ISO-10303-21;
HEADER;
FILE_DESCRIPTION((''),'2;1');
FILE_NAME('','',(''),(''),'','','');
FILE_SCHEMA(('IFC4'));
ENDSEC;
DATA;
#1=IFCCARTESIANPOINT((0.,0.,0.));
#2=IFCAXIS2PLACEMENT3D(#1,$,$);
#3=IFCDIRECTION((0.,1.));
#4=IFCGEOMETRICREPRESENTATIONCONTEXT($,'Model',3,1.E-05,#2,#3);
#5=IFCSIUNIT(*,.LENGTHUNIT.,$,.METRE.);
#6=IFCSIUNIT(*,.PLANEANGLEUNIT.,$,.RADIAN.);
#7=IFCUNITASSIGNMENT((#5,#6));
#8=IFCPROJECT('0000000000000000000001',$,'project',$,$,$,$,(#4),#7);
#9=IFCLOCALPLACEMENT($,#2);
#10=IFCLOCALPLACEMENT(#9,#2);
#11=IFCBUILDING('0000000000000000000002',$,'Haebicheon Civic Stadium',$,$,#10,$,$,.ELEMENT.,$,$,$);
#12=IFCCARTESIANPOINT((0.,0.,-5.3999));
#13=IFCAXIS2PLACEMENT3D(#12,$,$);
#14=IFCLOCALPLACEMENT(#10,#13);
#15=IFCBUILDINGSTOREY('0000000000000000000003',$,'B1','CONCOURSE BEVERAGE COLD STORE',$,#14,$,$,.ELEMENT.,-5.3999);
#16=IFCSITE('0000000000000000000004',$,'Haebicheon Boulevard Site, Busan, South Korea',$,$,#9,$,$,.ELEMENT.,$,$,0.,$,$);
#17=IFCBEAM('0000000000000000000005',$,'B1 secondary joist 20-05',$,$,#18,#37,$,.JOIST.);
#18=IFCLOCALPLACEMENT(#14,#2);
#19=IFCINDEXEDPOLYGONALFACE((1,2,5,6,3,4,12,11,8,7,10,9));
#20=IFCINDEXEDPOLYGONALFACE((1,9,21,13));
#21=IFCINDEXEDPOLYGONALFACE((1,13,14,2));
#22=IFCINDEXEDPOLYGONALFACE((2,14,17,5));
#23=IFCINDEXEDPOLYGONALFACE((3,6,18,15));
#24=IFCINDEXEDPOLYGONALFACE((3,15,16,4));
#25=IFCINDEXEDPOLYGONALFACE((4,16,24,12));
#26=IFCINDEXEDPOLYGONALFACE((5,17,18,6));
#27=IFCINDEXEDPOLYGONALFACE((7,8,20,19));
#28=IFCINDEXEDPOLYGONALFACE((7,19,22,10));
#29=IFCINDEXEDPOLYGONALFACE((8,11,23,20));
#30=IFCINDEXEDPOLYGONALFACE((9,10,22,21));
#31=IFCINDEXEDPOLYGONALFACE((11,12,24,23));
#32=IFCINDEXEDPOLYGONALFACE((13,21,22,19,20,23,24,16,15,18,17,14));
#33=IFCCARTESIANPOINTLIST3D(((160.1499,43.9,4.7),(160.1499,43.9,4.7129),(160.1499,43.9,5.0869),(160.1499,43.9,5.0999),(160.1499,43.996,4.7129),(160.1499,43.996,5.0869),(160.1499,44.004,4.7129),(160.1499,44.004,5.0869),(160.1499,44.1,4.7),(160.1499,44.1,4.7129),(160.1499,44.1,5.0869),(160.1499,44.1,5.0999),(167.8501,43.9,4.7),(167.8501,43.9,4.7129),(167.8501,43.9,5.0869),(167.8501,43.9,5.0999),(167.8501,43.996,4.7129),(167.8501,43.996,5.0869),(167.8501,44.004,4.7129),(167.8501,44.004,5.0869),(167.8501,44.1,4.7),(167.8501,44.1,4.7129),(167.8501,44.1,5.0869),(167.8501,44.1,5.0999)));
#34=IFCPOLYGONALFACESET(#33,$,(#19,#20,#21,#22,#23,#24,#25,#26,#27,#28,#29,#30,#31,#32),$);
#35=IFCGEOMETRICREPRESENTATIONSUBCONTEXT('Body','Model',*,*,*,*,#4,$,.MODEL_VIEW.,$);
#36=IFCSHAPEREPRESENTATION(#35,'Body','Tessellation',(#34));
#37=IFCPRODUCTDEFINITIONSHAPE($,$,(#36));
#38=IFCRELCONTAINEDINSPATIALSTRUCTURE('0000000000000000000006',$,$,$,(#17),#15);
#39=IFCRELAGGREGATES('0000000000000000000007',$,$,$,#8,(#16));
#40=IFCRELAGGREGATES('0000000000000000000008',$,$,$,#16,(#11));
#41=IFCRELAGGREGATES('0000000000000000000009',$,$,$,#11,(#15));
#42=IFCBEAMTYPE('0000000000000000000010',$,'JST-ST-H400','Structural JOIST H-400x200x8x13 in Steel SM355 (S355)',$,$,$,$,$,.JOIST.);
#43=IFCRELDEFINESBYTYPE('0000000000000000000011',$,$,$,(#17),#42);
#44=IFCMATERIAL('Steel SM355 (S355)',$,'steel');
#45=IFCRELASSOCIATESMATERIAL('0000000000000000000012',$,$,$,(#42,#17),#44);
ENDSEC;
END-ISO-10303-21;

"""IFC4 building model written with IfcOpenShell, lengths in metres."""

from ifc_helpers import new_model, si_unit, direction, frame, origin, origin_2d, place, context, subcontext, project, spatial, i_section, extrude, material, material_profile, profile_set, type_object, element, save


model = new_model("IFC4")

# Units and contexts
model_context = context("Model", 3, precision=1e-05, world=origin(), true_north=direction((0.0, 1.0)))
body_context = subcontext(model_context, "Body", "Model", "MODEL_VIEW")
ifc_project = project(units=[si_unit("LENGTHUNIT", "METRE"), si_unit("PLANEANGLEUNIT", "RADIAN")], contexts=[model_context])

# Site, building, storey
site_placement = place(None, origin())
site = spatial("IfcSite", under=ifc_project, at=site_placement, Name="Haebicheon Boulevard Site, Busan, South Korea", CompositionType="ELEMENT", RefElevation=0.0)
building_placement = place(site_placement, origin())
building = spatial("IfcBuilding", under=site, at=building_placement, Name="Haebicheon Civic Stadium", CompositionType="ELEMENT")
storey_placement = place(building_placement, frame((0.0, 0.0, -5.3999)))
storey = spatial("IfcBuildingStorey", under=building, at=storey_placement, Name="B1", Description="CONCOURSE BEVERAGE COLD STORE", CompositionType="ELEMENT", Elevation=-5.3999)

# Beam
ifc_material_1 = material(Name="Steel SM355 (S355)", Category="steel")
ifc_material_profile_1 = material_profile(ifc_material_1, i_section(OverallWidth=0.2, OverallDepth=0.3999, WebThickness=0.0081, FlangeThickness=0.0129, at=origin_2d()), Name="H-400x200x8x13")
ifc_profile_set_1 = profile_set([ifc_material_profile_1], Name="Steel SM355 (S355)")
beam_type_1 = type_object("IfcBeamType", Name="JST-ST-H400", Description="Structural JOIST H-400x200x8x13 in Steel SM355 (S355)", PredefinedType="JOIST", material=ifc_profile_set_1)
for number, where, z_axis, x_axis, name in (
    (1, (160.1499, 44.0, 4.8999), (1.0, 0.0, 0.0), (0.0, 1.0, 0.0), "B1 secondary joist 20-05"),
):
    element("IfcBeam", number, at=place(storey_placement, frame(where, z_axis=z_axis, x_axis=x_axis)), inside=storey, type_object=beam_type_1, material=ifc_profile_set_1, Name=name, PredefinedType="JOIST", context=body_context, shape_type="SweptSolid", body=[
        extrude(i_section(OverallWidth=0.2, OverallDepth=0.3999, WebThickness=0.0081, FlangeThickness=0.0129, at=origin_2d()), origin(), (0.0, 0.0, 1.0), 7.7002),
    ])

save(model, "model.ifc")
